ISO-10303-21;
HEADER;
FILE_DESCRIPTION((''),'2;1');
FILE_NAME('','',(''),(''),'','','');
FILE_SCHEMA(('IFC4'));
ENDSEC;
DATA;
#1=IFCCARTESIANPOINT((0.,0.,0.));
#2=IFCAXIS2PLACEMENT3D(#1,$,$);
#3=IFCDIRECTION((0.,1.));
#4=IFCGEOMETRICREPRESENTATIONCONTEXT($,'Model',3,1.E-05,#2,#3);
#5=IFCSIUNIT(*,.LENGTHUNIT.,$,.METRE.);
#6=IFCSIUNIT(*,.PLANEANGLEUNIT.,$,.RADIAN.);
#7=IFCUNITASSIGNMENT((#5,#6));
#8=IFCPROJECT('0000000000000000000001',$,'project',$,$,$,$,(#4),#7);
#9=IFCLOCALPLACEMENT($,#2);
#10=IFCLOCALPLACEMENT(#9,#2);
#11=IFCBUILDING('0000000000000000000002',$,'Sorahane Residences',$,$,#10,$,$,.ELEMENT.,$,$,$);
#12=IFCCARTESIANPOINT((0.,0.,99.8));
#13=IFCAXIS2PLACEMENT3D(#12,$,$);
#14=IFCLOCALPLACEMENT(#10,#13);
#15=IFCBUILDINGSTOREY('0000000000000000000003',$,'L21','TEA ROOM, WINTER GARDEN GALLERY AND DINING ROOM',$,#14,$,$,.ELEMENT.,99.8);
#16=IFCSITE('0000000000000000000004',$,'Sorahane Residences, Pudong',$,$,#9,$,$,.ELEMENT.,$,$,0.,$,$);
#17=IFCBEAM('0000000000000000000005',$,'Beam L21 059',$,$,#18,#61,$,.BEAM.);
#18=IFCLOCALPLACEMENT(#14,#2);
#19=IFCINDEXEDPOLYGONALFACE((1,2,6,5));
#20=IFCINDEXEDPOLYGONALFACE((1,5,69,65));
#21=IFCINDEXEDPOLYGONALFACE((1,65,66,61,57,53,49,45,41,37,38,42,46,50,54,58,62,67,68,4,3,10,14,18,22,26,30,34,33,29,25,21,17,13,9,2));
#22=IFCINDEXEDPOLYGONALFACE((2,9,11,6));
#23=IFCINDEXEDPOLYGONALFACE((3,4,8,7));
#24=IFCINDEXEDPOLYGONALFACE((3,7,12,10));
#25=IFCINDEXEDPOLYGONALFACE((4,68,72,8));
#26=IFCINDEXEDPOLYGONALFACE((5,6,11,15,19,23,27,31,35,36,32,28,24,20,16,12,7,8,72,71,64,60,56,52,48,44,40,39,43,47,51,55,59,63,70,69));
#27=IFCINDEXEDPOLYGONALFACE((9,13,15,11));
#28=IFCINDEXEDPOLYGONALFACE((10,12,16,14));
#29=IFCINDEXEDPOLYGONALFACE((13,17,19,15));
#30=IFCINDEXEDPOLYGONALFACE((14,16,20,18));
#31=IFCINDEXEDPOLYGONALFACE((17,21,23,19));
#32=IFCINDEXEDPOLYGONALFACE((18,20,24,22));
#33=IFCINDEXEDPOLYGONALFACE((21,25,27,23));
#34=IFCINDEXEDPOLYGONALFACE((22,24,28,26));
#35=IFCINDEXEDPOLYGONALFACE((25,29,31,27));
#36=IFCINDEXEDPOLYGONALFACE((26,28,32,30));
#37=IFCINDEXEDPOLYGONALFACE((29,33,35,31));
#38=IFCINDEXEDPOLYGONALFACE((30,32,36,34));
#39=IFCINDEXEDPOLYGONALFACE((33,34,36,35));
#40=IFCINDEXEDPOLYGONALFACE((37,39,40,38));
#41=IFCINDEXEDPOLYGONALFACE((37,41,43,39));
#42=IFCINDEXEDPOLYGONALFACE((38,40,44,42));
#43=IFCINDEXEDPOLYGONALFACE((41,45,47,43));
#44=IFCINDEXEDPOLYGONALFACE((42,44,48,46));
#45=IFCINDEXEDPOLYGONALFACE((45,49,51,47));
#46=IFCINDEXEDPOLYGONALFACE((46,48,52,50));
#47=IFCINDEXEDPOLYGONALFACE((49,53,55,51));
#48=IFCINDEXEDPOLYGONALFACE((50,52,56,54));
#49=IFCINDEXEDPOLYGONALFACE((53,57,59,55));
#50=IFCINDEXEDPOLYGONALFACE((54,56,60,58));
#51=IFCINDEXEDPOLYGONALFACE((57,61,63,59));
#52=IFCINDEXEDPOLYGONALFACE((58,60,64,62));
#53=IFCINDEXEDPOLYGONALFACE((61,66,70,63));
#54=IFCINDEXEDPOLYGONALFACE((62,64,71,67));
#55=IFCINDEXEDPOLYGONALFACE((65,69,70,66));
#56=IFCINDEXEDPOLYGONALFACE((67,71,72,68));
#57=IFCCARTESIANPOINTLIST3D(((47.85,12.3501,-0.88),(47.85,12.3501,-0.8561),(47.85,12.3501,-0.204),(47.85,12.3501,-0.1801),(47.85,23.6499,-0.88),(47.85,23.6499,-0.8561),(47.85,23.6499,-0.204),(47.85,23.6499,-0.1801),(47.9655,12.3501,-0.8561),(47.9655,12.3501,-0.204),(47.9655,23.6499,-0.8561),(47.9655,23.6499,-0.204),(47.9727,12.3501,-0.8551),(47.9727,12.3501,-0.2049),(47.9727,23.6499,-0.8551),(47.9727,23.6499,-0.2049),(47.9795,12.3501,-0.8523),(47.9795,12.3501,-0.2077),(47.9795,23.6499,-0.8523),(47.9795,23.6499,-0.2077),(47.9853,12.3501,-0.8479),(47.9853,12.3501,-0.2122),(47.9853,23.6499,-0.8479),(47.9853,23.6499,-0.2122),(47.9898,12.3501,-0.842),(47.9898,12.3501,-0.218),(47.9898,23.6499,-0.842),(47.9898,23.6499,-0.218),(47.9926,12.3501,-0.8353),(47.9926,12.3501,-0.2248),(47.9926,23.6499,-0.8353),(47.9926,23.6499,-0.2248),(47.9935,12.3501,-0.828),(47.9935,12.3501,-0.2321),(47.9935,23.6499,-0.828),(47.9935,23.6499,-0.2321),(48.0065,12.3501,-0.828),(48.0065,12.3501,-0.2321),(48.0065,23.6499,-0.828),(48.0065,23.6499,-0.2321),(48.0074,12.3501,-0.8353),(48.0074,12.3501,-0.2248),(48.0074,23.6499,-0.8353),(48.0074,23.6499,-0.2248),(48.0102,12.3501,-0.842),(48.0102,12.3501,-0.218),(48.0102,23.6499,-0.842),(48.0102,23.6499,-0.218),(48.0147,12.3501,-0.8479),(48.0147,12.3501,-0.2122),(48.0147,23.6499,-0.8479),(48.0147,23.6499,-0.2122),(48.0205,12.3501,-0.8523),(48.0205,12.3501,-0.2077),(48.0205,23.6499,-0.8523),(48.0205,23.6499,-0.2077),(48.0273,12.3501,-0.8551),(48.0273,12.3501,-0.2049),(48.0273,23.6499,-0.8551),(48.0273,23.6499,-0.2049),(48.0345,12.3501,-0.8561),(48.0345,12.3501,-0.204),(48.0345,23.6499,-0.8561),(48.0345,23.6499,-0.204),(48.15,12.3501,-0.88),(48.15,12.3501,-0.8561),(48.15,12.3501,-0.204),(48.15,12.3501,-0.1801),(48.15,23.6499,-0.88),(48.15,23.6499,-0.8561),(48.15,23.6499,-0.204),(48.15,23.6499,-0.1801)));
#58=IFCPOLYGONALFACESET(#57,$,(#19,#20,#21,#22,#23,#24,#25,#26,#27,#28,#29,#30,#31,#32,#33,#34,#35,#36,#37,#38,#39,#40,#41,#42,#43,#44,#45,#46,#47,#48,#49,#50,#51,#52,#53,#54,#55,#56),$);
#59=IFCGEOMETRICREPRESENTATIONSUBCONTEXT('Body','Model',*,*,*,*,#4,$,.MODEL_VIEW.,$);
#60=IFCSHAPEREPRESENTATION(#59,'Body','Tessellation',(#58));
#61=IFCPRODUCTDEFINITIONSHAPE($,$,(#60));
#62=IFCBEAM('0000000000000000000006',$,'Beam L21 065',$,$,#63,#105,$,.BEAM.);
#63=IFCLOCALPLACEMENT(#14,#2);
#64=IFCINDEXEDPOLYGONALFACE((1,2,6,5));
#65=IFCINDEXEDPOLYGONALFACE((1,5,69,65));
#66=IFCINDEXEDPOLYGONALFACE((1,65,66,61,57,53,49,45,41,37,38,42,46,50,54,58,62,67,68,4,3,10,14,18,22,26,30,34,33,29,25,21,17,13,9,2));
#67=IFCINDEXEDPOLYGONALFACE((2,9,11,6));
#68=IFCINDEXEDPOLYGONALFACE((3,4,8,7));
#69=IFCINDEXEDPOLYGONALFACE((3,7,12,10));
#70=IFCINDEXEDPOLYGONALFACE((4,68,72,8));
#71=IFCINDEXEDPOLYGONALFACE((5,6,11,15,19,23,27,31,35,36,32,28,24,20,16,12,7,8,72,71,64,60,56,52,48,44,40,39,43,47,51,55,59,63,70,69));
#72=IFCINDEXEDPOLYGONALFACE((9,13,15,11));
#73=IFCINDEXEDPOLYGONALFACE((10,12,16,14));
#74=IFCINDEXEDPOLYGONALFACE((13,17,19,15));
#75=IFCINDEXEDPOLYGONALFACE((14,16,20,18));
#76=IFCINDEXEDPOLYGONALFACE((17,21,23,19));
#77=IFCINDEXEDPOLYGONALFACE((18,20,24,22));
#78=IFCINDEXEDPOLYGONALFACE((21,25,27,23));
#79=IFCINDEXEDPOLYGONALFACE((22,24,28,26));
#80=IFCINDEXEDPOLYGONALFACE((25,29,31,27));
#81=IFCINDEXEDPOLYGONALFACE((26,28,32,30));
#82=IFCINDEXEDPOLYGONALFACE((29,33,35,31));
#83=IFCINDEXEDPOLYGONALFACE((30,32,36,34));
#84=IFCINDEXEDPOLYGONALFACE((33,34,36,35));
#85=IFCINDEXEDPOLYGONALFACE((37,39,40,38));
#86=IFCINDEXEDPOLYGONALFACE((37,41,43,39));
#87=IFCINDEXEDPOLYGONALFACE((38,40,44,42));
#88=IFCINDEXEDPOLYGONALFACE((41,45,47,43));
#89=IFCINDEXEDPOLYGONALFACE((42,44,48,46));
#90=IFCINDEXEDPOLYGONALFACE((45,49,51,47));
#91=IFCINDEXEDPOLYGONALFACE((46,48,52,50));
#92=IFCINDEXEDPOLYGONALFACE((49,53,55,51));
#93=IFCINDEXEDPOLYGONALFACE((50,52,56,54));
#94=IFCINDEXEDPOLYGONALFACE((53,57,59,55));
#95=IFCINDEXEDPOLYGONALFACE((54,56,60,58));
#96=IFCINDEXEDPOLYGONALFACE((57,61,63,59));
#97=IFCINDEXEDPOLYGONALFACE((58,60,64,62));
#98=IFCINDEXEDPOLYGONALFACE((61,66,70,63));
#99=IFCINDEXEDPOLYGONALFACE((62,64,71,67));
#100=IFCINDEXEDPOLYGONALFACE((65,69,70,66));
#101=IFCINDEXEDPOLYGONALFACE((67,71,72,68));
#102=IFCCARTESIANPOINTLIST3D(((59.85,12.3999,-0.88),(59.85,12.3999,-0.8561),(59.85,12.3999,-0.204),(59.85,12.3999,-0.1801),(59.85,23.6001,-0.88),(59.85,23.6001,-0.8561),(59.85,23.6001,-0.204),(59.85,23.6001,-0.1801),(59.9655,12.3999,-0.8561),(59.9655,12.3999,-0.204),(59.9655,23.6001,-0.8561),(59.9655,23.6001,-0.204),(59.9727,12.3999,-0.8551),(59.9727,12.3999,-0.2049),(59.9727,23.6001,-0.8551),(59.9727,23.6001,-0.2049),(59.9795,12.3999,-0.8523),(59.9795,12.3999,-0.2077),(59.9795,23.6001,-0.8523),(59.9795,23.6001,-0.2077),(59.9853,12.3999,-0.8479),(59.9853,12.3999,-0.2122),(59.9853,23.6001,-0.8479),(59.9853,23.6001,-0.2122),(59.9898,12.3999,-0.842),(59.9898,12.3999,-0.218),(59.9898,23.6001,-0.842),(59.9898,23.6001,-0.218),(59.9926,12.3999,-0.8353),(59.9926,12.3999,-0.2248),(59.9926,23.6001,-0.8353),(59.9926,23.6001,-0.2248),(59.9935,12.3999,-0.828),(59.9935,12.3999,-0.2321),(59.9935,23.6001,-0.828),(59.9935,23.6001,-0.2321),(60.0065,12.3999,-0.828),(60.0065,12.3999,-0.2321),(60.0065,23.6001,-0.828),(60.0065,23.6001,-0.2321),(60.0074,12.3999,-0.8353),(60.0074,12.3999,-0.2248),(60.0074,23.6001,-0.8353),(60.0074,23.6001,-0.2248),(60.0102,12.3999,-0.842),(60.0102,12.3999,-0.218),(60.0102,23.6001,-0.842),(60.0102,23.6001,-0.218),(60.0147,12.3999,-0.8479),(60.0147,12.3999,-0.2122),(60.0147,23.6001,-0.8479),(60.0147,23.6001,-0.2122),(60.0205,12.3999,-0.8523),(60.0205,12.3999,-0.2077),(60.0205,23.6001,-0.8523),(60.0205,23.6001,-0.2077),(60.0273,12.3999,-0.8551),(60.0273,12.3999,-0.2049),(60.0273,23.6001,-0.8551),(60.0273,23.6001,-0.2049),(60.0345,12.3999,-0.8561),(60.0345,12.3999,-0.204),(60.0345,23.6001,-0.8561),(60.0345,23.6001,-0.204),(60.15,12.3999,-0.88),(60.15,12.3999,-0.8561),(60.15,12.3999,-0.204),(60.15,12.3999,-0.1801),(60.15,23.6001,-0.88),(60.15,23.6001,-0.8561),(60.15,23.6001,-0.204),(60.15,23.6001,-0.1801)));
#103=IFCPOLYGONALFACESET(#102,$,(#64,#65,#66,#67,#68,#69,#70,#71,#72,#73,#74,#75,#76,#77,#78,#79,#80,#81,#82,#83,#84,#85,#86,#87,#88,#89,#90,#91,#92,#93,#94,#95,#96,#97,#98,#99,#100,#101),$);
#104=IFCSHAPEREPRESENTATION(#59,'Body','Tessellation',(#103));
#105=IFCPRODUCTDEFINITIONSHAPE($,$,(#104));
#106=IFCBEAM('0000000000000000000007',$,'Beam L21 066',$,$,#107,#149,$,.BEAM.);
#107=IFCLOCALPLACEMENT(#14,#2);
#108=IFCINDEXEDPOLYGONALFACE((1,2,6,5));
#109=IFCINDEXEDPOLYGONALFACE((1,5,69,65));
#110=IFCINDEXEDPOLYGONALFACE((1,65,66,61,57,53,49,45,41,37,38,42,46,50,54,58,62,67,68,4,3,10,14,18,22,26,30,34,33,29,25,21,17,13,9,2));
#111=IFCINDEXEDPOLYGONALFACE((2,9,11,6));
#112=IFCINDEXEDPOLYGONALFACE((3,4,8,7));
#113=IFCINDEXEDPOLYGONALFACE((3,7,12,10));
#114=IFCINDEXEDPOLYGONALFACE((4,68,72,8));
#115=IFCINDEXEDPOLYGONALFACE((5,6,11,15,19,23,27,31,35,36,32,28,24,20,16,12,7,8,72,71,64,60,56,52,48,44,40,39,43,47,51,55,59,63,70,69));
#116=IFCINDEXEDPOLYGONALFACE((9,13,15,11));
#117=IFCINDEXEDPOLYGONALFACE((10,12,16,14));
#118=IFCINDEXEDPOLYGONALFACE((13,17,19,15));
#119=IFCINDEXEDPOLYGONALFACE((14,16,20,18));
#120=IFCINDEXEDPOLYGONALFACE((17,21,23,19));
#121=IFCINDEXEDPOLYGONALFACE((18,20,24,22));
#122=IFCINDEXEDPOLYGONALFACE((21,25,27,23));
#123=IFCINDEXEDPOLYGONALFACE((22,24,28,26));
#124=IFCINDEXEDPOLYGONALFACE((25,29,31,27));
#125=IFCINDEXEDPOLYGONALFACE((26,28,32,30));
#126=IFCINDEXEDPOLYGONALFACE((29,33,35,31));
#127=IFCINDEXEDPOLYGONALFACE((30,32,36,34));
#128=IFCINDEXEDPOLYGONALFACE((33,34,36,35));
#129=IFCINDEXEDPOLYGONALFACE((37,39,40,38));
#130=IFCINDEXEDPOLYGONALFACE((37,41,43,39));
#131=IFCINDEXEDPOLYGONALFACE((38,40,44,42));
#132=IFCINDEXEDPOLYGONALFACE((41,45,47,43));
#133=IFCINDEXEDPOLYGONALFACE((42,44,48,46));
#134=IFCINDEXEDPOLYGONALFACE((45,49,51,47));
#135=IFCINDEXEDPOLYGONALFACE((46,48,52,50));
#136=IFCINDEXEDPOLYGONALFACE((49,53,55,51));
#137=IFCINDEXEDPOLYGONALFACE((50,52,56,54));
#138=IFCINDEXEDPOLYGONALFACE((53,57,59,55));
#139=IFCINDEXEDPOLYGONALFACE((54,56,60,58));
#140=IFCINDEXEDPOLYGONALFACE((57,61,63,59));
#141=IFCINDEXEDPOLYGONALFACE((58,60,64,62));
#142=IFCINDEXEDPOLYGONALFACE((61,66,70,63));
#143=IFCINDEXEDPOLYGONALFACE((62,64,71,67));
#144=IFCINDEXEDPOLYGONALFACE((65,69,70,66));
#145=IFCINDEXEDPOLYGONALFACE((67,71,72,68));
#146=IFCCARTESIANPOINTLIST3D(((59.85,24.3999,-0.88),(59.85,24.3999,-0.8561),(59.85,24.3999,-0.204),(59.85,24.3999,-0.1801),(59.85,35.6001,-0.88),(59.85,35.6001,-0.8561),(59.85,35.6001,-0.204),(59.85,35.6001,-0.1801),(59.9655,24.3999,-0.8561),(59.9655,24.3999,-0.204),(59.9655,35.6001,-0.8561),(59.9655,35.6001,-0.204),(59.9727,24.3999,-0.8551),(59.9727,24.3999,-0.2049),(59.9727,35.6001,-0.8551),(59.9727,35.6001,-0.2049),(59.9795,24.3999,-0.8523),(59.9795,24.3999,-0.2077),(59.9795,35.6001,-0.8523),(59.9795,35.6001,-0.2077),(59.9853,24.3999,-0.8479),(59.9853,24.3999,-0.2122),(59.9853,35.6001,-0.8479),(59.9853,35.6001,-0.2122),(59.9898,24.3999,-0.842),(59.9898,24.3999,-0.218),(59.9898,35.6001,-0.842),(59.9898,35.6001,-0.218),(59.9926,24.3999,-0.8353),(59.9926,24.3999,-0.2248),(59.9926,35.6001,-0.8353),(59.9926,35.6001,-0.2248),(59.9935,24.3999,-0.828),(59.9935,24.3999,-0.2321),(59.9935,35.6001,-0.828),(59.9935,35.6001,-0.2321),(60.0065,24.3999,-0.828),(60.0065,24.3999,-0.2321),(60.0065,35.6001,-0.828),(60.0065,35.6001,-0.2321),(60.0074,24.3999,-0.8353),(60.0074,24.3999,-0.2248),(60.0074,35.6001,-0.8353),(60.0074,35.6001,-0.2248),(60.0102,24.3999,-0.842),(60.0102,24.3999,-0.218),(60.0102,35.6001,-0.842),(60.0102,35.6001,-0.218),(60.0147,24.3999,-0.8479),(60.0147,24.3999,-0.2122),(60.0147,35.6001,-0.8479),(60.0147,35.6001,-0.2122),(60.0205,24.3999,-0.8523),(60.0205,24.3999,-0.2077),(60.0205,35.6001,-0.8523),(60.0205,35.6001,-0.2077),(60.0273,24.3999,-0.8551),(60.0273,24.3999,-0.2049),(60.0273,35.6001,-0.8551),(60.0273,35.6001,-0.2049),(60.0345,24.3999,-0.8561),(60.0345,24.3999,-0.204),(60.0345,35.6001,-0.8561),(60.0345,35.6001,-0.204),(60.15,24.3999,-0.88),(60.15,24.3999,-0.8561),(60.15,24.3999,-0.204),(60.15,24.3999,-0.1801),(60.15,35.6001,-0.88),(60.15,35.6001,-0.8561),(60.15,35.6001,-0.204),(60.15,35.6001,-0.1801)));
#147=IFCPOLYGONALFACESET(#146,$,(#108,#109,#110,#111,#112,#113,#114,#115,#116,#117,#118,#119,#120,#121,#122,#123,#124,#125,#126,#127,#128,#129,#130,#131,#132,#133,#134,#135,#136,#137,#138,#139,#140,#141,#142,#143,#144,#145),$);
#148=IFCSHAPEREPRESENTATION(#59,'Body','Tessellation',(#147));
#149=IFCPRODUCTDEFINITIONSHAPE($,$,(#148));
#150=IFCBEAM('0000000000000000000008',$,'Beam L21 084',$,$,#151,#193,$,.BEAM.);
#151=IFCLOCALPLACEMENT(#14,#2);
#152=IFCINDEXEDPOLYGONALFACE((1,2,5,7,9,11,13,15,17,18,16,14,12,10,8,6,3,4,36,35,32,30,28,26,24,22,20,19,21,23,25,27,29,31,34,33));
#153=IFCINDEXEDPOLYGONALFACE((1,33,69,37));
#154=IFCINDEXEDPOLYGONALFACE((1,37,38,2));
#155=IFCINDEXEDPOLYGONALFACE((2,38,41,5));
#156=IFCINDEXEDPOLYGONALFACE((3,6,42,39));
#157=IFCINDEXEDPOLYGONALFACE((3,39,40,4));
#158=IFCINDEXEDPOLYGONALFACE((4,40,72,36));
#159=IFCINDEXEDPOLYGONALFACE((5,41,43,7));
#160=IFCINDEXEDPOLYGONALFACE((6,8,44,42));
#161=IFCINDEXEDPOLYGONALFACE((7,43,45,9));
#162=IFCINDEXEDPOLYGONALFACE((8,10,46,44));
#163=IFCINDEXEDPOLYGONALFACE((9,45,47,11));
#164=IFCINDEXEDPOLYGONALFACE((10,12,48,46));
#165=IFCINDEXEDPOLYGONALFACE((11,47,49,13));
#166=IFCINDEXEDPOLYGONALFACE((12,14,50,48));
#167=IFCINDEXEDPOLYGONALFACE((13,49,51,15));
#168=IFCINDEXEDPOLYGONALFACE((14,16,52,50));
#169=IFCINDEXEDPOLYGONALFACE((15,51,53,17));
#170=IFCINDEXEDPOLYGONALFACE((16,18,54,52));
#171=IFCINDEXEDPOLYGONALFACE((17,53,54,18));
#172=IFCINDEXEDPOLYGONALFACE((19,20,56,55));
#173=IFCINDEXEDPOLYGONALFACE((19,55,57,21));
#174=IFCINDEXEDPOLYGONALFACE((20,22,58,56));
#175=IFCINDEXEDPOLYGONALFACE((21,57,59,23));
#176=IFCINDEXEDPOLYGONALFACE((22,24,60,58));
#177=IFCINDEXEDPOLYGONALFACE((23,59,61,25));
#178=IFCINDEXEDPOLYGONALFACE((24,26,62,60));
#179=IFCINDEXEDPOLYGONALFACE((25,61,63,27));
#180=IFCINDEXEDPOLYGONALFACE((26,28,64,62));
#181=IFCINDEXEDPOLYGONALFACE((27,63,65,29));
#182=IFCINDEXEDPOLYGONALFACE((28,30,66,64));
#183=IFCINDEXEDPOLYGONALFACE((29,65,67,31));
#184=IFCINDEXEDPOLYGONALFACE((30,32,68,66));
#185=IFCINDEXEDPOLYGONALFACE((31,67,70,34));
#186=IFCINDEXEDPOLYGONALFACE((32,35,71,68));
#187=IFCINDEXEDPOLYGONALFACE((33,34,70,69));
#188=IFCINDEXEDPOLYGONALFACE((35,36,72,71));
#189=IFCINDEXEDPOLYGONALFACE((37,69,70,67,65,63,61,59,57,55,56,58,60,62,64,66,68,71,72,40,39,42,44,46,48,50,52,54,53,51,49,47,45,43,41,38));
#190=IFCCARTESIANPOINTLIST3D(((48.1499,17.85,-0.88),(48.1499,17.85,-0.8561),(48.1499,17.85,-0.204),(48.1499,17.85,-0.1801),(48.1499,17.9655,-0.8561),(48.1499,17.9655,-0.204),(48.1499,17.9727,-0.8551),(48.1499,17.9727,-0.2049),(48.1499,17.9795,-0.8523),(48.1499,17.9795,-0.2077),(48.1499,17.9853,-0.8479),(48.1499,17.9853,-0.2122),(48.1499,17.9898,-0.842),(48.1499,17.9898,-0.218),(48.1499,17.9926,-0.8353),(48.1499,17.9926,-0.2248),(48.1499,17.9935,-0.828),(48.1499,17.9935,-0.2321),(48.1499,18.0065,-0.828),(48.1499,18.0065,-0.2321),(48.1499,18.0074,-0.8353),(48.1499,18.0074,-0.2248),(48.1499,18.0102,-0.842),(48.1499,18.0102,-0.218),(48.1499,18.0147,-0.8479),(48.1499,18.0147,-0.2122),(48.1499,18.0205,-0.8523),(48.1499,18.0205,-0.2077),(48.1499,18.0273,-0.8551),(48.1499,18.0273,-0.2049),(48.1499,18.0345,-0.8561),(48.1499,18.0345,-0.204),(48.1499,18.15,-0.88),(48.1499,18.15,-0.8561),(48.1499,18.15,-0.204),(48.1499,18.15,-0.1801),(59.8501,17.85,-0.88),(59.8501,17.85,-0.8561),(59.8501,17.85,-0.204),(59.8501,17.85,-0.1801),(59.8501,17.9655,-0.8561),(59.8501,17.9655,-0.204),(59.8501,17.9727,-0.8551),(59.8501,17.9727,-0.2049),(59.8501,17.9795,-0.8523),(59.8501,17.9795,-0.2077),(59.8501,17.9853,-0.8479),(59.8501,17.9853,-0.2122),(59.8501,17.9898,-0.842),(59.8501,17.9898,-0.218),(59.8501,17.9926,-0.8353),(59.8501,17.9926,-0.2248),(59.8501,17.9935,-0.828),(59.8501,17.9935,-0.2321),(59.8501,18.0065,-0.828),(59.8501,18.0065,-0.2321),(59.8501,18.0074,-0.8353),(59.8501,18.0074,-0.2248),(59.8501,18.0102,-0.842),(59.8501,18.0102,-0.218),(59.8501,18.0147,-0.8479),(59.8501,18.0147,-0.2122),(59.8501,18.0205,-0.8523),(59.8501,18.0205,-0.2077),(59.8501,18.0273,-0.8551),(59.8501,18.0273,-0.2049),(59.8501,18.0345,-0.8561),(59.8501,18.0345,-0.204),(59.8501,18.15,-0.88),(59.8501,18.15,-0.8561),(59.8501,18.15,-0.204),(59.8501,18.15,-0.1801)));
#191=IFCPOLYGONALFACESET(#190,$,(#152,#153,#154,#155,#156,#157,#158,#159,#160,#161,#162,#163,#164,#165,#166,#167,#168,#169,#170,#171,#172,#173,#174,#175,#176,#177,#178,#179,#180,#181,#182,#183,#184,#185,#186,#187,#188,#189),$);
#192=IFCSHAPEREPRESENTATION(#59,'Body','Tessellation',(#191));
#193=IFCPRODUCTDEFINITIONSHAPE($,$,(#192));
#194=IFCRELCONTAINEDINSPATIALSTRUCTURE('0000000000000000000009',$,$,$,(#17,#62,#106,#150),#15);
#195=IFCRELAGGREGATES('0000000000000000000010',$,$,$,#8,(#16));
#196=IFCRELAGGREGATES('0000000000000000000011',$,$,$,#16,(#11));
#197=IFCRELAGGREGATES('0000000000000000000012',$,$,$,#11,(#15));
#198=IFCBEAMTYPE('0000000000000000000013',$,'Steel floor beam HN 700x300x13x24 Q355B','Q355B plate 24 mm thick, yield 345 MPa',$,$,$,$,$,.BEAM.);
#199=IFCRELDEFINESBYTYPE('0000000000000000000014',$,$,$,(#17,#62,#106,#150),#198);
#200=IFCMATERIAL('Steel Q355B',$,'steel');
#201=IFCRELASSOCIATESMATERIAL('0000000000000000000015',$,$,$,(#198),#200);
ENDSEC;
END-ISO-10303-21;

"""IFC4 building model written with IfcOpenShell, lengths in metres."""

from ifc_helpers import new_model, si_unit, direction, frame, origin, origin_2d, place, context, subcontext, project, spatial, i_section, extrude, material, material_profile, profile_set, type_object, element, save


model = new_model("IFC4")

# Units and contexts
model_context = context("Model", 3, precision=1e-05, world=origin(), true_north=direction((0.0, 1.0)))
body_context = subcontext(model_context, "Body", "Model", "MODEL_VIEW")
ifc_project = project(units=[si_unit("LENGTHUNIT", "METRE"), si_unit("PLANEANGLEUNIT", "RADIAN")], contexts=[model_context])

# Site, building, storey
site_placement = place(None, origin())
site = spatial("IfcSite", under=ifc_project, at=site_placement, Name="Sorahane Residences, Pudong", CompositionType="ELEMENT", RefElevation=0.0)
building_placement = place(site_placement, origin())
building = spatial("IfcBuilding", under=site, at=building_placement, Name="Sorahane Residences", CompositionType="ELEMENT")
storey_placement = place(building_placement, frame((0.0, 0.0, 99.8)))
storey = spatial("IfcBuildingStorey", under=building, at=storey_placement, Name="L21", Description="TEA ROOM, WINTER GARDEN GALLERY AND DINING ROOM", CompositionType="ELEMENT", Elevation=99.8)

# Beams
ifc_material_1 = material(Name="Steel Q355B", Category="steel")
ifc_material_profile_1 = material_profile(ifc_material_1, i_section(OverallWidth=0.3, OverallDepth=0.7, WebThickness=0.0129, FlangeThickness=0.0239, FilletRadius=0.0281, at=origin_2d()), Name="HN 700x300x13x24")
ifc_profile_set_1 = profile_set([ifc_material_profile_1], Name="Steel Q355B")
beam_type_1 = type_object("IfcBeamType", Name="Steel floor beam HN 700x300x13x24 Q355B", Description="Q355B plate 24 mm thick, yield 345 MPa", PredefinedType="BEAM", material=ifc_profile_set_1)
beam_1_placement = place(storey_placement, frame((48.0, 12.3501, -0.53), z_axis=(0.0, 1.0, 0.0), x_axis=(-1.0, 0.0, 0.0)))
element("IfcBeam", 1, at=beam_1_placement, inside=storey, type_object=beam_type_1, Name="Beam L21 059", PredefinedType="BEAM", context=body_context, shape_type="SweptSolid", body=[
    extrude(i_section(OverallWidth=0.3, OverallDepth=0.7, WebThickness=0.0129, FlangeThickness=0.0239, FilletRadius=0.0281, at=origin_2d()), origin(), (0.0, 0.0, 1.0), 11.2998),
])
for number, where, z_axis, x_axis, name in (
    (2, (60.0, 12.3999, -0.53), (0.0, 1.0, 0.0), (-1.0, 0.0, 0.0), "Beam L21 065"),
    (3, (60.0, 24.3999, -0.53), (0.0, 1.0, 0.0), (-1.0, 0.0, 0.0), "Beam L21 066"),
):
    element("IfcBeam", number, at=place(storey_placement, frame(where, z_axis=z_axis, x_axis=x_axis)), inside=storey, type_object=beam_type_1, Name=name, PredefinedType="BEAM", context=body_context, shape_type="SweptSolid", body=[
        extrude(i_section(OverallWidth=0.3, OverallDepth=0.7, WebThickness=0.0129, FlangeThickness=0.0239, FilletRadius=0.0281, at=origin_2d()), origin(), (0.0, 0.0, 1.0), 11.2002),
    ])
beam_2_placement = place(storey_placement, frame((48.1499, 18.0, -0.53), z_axis=(1.0, 0.0, 0.0), x_axis=(0.0, 1.0, 0.0)))
element("IfcBeam", 4, at=beam_2_placement, inside=storey, type_object=beam_type_1, Name="Beam L21 084", PredefinedType="BEAM", context=body_context, shape_type="SweptSolid", body=[
    extrude(i_section(OverallWidth=0.3, OverallDepth=0.7, WebThickness=0.0129, FlangeThickness=0.0239, FilletRadius=0.0281, at=origin_2d()), origin(), (0.0, 0.0, 1.0), 11.7002),
])

save(model, "model.ifc")
